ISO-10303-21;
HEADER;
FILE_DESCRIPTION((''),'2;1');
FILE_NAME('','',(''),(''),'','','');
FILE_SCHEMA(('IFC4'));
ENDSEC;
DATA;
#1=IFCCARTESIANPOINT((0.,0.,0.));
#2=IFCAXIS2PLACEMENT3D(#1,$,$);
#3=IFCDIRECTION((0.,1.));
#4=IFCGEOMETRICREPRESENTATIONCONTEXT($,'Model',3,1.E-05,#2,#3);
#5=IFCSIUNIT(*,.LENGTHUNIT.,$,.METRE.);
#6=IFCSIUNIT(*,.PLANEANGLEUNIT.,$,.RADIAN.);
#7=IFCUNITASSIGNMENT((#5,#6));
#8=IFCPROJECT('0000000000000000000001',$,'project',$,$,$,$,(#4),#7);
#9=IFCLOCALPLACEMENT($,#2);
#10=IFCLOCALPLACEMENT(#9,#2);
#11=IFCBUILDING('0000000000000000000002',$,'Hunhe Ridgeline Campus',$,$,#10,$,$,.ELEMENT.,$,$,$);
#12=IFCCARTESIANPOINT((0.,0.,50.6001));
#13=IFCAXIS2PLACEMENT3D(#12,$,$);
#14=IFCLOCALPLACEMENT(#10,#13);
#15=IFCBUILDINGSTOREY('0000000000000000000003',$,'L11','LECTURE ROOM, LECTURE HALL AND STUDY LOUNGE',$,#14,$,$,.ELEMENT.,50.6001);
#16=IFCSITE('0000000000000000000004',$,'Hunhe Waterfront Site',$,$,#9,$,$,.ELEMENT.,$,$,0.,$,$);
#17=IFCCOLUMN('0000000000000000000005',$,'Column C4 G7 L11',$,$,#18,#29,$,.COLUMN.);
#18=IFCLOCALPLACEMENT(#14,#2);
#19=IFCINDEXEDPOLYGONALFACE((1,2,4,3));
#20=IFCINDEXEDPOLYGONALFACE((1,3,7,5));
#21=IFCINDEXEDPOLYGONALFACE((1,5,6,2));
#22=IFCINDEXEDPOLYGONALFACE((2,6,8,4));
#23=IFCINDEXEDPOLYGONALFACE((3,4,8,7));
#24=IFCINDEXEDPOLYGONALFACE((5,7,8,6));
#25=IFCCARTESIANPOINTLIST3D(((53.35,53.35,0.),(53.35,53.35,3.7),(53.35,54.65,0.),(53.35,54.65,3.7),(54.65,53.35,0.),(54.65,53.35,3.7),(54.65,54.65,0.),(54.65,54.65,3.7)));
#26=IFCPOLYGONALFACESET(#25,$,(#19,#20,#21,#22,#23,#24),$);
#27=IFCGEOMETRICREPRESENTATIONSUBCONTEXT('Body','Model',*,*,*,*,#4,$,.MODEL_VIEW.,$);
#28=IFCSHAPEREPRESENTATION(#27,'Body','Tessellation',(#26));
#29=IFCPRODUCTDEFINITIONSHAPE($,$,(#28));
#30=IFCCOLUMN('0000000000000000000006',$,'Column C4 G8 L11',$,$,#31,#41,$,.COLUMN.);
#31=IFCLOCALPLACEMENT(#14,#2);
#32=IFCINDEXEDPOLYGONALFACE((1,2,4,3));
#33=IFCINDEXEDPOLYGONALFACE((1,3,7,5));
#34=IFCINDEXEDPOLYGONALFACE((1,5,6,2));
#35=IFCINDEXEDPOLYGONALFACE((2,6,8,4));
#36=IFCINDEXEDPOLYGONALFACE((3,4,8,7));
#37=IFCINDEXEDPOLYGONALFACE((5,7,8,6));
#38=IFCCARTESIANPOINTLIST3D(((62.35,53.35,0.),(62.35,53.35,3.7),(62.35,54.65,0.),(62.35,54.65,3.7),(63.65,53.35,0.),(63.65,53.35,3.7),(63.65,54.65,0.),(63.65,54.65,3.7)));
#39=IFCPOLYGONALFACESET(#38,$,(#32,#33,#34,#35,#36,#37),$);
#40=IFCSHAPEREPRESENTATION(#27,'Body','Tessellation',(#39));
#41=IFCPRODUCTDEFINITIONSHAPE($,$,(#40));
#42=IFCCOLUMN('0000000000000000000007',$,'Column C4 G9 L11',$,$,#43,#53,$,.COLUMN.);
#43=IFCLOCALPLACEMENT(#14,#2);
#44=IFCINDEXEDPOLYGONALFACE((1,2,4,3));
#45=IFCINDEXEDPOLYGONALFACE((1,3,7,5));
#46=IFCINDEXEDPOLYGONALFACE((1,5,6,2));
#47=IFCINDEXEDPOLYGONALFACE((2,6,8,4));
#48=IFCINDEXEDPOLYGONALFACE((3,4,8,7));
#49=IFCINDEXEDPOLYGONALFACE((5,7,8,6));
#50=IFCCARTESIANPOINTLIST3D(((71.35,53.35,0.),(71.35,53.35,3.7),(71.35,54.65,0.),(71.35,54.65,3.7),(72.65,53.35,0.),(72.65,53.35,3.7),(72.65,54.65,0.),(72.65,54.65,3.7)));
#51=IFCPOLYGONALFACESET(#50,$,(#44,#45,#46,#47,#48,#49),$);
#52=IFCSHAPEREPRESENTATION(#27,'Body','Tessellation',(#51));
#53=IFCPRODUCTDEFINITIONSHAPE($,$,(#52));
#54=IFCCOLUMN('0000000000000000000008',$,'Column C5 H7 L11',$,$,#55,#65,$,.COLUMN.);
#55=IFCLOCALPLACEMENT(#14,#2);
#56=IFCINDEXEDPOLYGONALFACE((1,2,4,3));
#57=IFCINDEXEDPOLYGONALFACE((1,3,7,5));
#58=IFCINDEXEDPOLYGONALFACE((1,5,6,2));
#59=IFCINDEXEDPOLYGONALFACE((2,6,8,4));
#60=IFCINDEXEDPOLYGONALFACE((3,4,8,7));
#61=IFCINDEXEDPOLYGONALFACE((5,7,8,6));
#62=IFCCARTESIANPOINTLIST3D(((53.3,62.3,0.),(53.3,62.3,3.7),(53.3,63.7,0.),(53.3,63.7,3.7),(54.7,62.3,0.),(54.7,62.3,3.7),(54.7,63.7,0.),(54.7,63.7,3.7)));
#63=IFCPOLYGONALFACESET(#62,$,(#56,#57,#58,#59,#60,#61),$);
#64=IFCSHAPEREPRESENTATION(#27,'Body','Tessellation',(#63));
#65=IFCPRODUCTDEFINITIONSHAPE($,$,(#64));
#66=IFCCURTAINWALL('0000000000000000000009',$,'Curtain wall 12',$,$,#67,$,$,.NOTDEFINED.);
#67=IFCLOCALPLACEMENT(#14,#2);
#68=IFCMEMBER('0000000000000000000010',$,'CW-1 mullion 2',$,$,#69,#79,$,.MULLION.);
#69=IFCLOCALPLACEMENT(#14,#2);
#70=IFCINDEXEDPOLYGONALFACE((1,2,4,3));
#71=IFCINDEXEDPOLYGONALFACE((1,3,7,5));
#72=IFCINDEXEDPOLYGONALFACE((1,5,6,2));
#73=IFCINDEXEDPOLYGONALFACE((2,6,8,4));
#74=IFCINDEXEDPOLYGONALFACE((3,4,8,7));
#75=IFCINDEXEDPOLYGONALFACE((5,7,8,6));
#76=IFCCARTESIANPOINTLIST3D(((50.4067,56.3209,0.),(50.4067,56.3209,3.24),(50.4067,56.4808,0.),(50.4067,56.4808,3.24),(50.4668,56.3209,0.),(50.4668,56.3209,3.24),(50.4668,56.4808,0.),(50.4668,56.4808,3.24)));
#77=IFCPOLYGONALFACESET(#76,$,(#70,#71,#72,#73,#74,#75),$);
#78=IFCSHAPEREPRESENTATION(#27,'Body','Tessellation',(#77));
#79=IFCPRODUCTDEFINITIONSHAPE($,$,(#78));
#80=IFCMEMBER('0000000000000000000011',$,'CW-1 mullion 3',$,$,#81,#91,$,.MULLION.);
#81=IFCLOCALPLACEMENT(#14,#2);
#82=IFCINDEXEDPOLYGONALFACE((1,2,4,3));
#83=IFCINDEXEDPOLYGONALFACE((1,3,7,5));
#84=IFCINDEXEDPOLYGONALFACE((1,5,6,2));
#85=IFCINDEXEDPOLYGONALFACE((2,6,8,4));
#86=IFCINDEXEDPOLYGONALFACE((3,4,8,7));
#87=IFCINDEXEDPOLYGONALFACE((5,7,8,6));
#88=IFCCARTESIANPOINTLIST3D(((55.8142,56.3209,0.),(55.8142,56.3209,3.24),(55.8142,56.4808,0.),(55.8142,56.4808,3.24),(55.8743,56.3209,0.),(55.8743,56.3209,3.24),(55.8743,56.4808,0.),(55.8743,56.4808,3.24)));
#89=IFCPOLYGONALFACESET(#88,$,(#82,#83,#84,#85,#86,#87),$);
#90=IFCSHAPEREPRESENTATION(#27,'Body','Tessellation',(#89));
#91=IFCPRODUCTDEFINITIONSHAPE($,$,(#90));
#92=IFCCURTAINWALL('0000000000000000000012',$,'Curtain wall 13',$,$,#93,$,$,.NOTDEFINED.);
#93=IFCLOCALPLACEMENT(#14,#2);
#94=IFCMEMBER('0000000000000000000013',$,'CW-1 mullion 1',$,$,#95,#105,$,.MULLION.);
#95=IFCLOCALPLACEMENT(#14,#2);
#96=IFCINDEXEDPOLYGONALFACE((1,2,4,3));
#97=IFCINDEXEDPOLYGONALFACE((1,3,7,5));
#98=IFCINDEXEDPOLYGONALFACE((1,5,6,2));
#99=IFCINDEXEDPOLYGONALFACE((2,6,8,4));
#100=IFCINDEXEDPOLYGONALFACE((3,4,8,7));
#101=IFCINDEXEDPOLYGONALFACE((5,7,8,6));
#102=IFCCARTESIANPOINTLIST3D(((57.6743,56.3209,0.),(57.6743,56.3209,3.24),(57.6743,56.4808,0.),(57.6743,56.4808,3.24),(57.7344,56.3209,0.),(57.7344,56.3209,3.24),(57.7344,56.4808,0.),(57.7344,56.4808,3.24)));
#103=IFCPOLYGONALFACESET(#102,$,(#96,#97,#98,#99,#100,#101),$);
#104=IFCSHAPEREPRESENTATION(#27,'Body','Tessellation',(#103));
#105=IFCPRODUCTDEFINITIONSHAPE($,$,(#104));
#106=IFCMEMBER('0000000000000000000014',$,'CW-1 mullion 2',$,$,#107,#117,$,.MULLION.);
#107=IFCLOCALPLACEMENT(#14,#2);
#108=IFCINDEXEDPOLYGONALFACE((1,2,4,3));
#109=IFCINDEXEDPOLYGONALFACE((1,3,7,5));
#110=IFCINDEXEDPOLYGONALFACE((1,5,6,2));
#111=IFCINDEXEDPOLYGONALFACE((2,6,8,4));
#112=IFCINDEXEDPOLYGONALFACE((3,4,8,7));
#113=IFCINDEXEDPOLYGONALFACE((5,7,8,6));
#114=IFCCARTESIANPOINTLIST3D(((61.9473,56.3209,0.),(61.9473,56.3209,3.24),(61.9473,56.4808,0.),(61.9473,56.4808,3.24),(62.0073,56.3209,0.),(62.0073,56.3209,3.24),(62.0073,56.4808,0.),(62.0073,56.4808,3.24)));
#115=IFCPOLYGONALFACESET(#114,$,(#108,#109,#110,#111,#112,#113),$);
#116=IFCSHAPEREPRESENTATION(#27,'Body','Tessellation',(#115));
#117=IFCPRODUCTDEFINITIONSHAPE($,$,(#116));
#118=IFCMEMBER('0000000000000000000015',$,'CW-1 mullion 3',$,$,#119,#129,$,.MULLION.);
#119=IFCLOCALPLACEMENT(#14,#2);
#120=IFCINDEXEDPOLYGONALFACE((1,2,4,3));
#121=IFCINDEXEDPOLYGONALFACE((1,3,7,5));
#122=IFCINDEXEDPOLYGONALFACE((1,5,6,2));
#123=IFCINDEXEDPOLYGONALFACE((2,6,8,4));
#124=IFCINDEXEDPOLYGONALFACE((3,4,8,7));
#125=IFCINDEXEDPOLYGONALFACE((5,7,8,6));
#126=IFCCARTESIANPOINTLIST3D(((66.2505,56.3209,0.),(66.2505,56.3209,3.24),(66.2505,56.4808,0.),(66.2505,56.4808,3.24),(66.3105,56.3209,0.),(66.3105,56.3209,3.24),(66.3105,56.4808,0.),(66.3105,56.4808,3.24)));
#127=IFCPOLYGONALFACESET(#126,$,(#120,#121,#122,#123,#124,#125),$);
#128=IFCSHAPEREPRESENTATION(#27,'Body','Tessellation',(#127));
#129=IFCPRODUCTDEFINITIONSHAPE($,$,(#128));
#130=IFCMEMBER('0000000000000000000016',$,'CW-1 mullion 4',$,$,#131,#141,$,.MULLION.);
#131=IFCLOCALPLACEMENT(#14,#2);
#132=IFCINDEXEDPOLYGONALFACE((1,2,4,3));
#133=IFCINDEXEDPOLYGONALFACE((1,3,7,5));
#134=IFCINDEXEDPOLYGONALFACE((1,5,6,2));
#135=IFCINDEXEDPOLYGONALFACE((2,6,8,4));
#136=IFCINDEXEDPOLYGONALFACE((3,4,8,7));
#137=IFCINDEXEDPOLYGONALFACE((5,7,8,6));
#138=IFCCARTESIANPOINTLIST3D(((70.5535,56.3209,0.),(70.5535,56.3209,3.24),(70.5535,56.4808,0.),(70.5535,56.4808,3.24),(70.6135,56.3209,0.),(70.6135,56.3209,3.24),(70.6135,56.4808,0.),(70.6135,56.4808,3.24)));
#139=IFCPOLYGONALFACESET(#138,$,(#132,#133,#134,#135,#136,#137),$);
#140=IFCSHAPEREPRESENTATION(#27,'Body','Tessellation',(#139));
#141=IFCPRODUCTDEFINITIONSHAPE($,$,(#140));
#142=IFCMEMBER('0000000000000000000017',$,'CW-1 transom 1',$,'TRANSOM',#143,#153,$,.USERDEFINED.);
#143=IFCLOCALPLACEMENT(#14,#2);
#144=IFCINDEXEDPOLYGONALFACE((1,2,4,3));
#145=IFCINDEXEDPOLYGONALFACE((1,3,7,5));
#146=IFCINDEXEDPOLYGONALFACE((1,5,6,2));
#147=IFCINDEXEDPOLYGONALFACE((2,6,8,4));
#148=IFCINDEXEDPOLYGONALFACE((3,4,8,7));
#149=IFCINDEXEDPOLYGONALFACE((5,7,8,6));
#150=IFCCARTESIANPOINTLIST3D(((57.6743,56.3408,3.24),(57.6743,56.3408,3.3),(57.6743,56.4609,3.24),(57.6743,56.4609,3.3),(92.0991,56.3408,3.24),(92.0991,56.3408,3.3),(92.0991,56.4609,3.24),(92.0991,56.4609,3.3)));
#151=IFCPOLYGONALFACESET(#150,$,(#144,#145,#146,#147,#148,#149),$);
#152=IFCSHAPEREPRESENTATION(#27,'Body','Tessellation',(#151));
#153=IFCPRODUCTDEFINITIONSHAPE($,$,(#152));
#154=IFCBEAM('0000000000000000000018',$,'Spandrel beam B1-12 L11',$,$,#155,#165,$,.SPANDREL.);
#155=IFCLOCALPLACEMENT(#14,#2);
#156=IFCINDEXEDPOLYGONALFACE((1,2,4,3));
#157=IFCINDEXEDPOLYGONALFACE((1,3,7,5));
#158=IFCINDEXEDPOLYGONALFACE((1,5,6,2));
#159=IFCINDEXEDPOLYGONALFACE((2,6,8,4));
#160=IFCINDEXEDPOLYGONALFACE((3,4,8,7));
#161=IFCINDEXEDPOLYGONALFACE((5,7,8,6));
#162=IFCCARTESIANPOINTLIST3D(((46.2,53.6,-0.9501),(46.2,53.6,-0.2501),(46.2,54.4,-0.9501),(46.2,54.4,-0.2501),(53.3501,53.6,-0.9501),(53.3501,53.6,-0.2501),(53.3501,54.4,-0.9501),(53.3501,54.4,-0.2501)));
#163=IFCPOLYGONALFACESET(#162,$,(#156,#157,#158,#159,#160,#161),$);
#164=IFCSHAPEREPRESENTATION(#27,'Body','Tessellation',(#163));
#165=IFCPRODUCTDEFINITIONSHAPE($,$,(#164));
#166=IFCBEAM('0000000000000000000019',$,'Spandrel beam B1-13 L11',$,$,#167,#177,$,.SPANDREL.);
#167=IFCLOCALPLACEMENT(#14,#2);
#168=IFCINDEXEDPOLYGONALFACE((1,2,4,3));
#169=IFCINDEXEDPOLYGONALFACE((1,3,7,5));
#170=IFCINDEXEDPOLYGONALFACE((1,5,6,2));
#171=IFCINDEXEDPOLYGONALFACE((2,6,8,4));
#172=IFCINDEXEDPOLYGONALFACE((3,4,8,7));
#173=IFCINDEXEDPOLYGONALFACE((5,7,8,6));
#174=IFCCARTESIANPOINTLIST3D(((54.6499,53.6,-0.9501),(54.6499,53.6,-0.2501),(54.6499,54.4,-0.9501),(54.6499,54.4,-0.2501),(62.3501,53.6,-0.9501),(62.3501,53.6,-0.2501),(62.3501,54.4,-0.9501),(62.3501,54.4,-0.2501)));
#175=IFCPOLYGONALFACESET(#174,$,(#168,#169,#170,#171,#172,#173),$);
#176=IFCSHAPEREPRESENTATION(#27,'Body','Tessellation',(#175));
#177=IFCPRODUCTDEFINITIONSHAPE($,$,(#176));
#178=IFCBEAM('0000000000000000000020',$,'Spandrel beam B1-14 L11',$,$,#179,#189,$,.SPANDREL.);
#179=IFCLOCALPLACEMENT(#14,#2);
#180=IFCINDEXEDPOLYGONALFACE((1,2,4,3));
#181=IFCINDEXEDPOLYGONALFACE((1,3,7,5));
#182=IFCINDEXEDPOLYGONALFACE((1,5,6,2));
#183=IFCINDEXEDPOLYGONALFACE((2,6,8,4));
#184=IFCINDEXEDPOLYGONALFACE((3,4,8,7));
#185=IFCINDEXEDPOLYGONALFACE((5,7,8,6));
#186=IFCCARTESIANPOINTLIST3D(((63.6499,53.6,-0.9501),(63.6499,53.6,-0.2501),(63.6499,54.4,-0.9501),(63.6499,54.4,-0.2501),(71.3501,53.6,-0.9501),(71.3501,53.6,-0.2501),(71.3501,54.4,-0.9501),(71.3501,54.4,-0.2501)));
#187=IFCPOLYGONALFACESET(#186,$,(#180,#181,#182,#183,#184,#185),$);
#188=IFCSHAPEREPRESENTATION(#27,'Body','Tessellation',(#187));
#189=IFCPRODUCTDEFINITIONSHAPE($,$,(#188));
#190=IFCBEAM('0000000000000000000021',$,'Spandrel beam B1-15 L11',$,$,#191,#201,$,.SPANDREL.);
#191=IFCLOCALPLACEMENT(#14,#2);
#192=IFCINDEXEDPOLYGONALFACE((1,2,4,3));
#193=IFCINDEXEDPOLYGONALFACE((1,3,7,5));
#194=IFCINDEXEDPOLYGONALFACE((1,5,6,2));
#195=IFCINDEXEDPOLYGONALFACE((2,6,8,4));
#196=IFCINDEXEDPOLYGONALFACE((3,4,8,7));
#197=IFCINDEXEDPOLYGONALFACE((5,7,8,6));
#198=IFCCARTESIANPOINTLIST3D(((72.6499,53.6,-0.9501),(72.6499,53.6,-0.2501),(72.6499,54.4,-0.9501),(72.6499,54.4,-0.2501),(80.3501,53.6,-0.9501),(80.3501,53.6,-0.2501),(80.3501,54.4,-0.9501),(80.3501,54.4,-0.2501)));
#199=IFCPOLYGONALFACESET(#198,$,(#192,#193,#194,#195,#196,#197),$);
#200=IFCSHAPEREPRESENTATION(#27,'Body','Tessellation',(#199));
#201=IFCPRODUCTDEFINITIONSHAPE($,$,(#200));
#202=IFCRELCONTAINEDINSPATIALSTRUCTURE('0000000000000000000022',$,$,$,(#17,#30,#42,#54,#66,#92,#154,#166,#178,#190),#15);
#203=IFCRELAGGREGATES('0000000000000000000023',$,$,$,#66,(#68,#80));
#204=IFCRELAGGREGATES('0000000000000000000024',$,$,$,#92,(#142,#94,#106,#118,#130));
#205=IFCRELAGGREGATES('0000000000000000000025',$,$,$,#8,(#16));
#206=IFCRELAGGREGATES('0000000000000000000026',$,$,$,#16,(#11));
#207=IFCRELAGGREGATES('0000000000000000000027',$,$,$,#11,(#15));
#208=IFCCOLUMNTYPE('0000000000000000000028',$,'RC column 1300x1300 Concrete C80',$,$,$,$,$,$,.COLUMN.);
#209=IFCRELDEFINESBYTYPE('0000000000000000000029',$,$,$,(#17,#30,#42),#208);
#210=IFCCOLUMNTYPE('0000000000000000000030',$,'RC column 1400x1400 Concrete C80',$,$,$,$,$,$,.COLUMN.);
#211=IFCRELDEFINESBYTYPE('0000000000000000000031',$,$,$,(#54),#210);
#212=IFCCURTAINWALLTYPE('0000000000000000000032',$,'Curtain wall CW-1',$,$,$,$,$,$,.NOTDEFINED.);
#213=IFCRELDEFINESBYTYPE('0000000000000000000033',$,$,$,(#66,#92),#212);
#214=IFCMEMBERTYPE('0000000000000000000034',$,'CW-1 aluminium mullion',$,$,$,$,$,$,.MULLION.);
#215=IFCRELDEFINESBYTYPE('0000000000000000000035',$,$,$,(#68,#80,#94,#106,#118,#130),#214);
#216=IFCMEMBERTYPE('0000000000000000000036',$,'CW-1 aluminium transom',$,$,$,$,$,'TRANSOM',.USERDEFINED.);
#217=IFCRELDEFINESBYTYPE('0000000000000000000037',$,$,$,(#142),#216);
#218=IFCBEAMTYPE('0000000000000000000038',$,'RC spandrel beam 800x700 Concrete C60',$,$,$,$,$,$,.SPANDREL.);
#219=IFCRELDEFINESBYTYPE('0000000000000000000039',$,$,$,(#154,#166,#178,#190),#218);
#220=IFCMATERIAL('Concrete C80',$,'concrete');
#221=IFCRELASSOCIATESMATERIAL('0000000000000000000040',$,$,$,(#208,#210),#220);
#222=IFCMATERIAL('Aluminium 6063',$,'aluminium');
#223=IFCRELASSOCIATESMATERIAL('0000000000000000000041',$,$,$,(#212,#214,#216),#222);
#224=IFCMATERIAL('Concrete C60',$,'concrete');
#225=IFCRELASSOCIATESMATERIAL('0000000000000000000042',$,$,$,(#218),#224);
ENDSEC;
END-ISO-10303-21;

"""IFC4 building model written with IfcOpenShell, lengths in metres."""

from ifc_helpers import new_model, si_unit, direction, frame, origin, origin_2d, place, context, subcontext, project, spatial, rectangle, extrude, material, material_profile, profile_set, type_object, element, aggregate, save


model = new_model("IFC4")

# Units and contexts
model_context = context("Model", 3, precision=1e-05, world=origin(), true_north=direction((0.0, 1.0)))
body_context = subcontext(model_context, "Body", "Model", "MODEL_VIEW")
ifc_project = project(units=[si_unit("LENGTHUNIT", "METRE"), si_unit("PLANEANGLEUNIT", "RADIAN")], contexts=[model_context])

# Site, building, storey
site_placement = place(None, origin())
site = spatial("IfcSite", under=ifc_project, at=site_placement, Name="Hunhe Waterfront Site", CompositionType="ELEMENT", RefElevation=0.0)
building_placement = place(site_placement, origin())
building = spatial("IfcBuilding", under=site, at=building_placement, Name="Hunhe Ridgeline Campus", CompositionType="ELEMENT")
storey_placement = place(building_placement, frame((0.0, 0.0, 50.6001)))
storey = spatial("IfcBuildingStorey", under=building, at=storey_placement, Name="L11", Description="LECTURE ROOM, LECTURE HALL AND STUDY LOUNGE", CompositionType="ELEMENT", Elevation=50.6001)

# Columns
ifc_material_1 = material(Name="Concrete C80", Category="concrete")
ifc_material_profile_1 = material_profile(ifc_material_1, rectangle(XDim=1.3, YDim=1.3, at=origin_2d()))
ifc_profile_set_1 = profile_set([ifc_material_profile_1], Name="Concrete C80")
column_type_1 = type_object("IfcColumnType", Name="RC column 1300x1300 Concrete C80", PredefinedType="COLUMN", material=ifc_profile_set_1)
for number, where, z_axis, x_axis, name in (
    (1, (54.0, 54.0, 0.0), (0.0, 0.0, 1.0), (1.0, 0.0, 0.0), "Column C4 G7 L11"),
    (2, (63.0, 54.0, 0.0), (0.0, 0.0, 1.0), (1.0, 0.0, 0.0), "Column C4 G8 L11"),
    (3, (72.0, 54.0, 0.0), (0.0, 0.0, 1.0), (1.0, 0.0, 0.0), "Column C4 G9 L11"),
):
    element("IfcColumn", number, at=place(storey_placement, frame(where, z_axis=z_axis, x_axis=x_axis)), inside=storey, type_object=column_type_1, Name=name, PredefinedType="COLUMN", context=body_context, shape_type="SweptSolid", body=[
        extrude(rectangle(XDim=1.3, YDim=1.3, at=origin_2d()), origin(), (0.0, 0.0, 1.0), 3.7),
    ])
ifc_material_profile_2 = material_profile(ifc_material_1, rectangle(XDim=1.3999, YDim=1.3999, at=origin_2d()))
ifc_profile_set_2 = profile_set([ifc_material_profile_2], Name="Concrete C80")
column_type_2 = type_object("IfcColumnType", Name="RC column 1400x1400 Concrete C80", PredefinedType="COLUMN", material=ifc_profile_set_2)
column_placement = place(storey_placement, frame((54.0, 63.0, 0.0), z_axis=(0.0, 0.0, 1.0), x_axis=(1.0, 0.0, 0.0)))
element("IfcColumn", 4, at=column_placement, inside=storey, type_object=column_type_2, Name="Column C5 H7 L11", PredefinedType="COLUMN", context=body_context, shape_type="SweptSolid", body=[
    extrude(rectangle(XDim=1.3999, YDim=1.3999, at=origin_2d()), origin(), (0.0, 0.0, 1.0), 3.7),
])

# Curtain walls, members
ifc_material_2 = material(Name="Aluminium 6063", Category="aluminium")
curtain_wall_type = type_object("IfcCurtainWallType", Name="Curtain wall CW-1", PredefinedType="NOTDEFINED", material=ifc_material_2)
curtain_wall_1_placement = place(storey_placement, origin())
curtain_wall_1 = element("IfcCurtainWall", 5, at=curtain_wall_1_placement, inside=storey, type_object=curtain_wall_type, Name="Curtain wall 12", PredefinedType="NOTDEFINED")
ifc_material_profile_3 = material_profile(ifc_material_2, rectangle(XDim=0.1599, YDim=0.0601, at=origin_2d()))
ifc_profile_set_3 = profile_set([ifc_material_profile_3], Name="Aluminium 6063")
member_type_1 = type_object("IfcMemberType", Name="CW-1 aluminium mullion", PredefinedType="MULLION", material=ifc_profile_set_3)
member_1_placement = place(storey_placement, frame((50.4368, 56.4009, 0.0), z_axis=(0.0, 0.0, 1.0), x_axis=(-0.000004, 1.0, 0.0)))
member_1 = element("IfcMember", 6, at=member_1_placement, type_object=member_type_1, Name="CW-1 mullion 2", PredefinedType="MULLION", context=body_context, shape_type="SweptSolid", body=[
    extrude(rectangle(XDim=0.1599, YDim=0.0601, at=origin_2d()), origin(), (0.0, 0.0, 1.0), 3.24),
])
member_2_placement = place(storey_placement, frame((55.8442, 56.4009, 0.0), z_axis=(0.0, 0.0, 1.0), x_axis=(-0.000004, 1.0, 0.0)))
member_2 = element("IfcMember", 7, at=member_2_placement, type_object=member_type_1, Name="CW-1 mullion 3", PredefinedType="MULLION", context=body_context, shape_type="SweptSolid", body=[
    extrude(rectangle(XDim=0.1599, YDim=0.0601, at=origin_2d()), origin(), (0.0, 0.0, 1.0), 3.24),
])
curtain_wall_2_placement = place(storey_placement, origin())
curtain_wall_2 = element("IfcCurtainWall", 8, at=curtain_wall_2_placement, inside=storey, type_object=curtain_wall_type, Name="Curtain wall 13", PredefinedType="NOTDEFINED")
member_3_placement = place(storey_placement, frame((57.7043, 56.4009, 0.0), z_axis=(0.0, 0.0, 1.0), x_axis=(-0.000004, 1.0, 0.0)))
member_3 = element("IfcMember", 9, at=member_3_placement, type_object=member_type_1, Name="CW-1 mullion 1", PredefinedType="MULLION", context=body_context, shape_type="SweptSolid", body=[
    extrude(rectangle(XDim=0.1599, YDim=0.0601, at=origin_2d()), origin(), (0.0, 0.0, 1.0), 3.24),
])
member_4_placement = place(storey_placement, frame((61.9773, 56.4009, 0.0), z_axis=(0.0, 0.0, 1.0), x_axis=(-0.000004, 1.0, 0.0)))
member_4 = element("IfcMember", 10, at=member_4_placement, type_object=member_type_1, Name="CW-1 mullion 2", PredefinedType="MULLION", context=body_context, shape_type="SweptSolid", body=[
    extrude(rectangle(XDim=0.1599, YDim=0.0601, at=origin_2d()), origin(), (0.0, 0.0, 1.0), 3.24),
])
member_5_placement = place(storey_placement, frame((66.2805, 56.4009, 0.0), z_axis=(0.0, 0.0, 1.0), x_axis=(-0.000004, 1.0, 0.0)))
member_5 = element("IfcMember", 11, at=member_5_placement, type_object=member_type_1, Name="CW-1 mullion 3", PredefinedType="MULLION", context=body_context, shape_type="SweptSolid", body=[
    extrude(rectangle(XDim=0.1599, YDim=0.0601, at=origin_2d()), origin(), (0.0, 0.0, 1.0), 3.24),
])
member_6_placement = place(storey_placement, frame((70.5835, 56.4009, 0.0), z_axis=(0.0, 0.0, 1.0), x_axis=(-0.000004, 1.0, 0.0)))
member_6 = element("IfcMember", 12, at=member_6_placement, type_object=member_type_1, Name="CW-1 mullion 4", PredefinedType="MULLION", context=body_context, shape_type="SweptSolid", body=[
    extrude(rectangle(XDim=0.1599, YDim=0.0601, at=origin_2d()), origin(), (0.0, 0.0, 1.0), 3.24),
])
ifc_material_profile_4 = material_profile(ifc_material_2, rectangle(XDim=0.1201, YDim=0.0601, at=origin_2d()))
ifc_profile_set_4 = profile_set([ifc_material_profile_4], Name="Aluminium 6063")
member_type_2 = type_object("IfcMemberType", Name="CW-1 aluminium transom", ElementType="TRANSOM", PredefinedType="USERDEFINED", material=ifc_profile_set_4)
member_7_placement = place(storey_placement, frame((57.6743, 56.4009, 3.27), z_axis=(1.0, 0.0, 0.0), x_axis=(0.0, 1.0, 0.0)))
member_7 = element("IfcMember", 13, at=member_7_placement, type_object=member_type_2, Name="CW-1 transom 1", ObjectType="TRANSOM", PredefinedType="USERDEFINED", context=body_context, shape_type="SweptSolid", body=[
    extrude(rectangle(XDim=0.1201, YDim=0.0601, at=origin_2d()), origin(), (0.0, 0.0, 1.0), 34.4248),
])

# Beams
ifc_material_3 = material(Name="Concrete C60", Category="concrete")
ifc_material_profile_5 = material_profile(ifc_material_3, rectangle(XDim=0.8, YDim=0.7, at=origin_2d()))
ifc_profile_set_5 = profile_set([ifc_material_profile_5], Name="Concrete C60")
beam_type = type_object("IfcBeamType", Name="RC spandrel beam 800x700 Concrete C60", PredefinedType="SPANDREL", material=ifc_profile_set_5)
beam_placement = place(storey_placement, frame((46.2, 54.0, -0.6001), z_axis=(1.0, 0.0, 0.0), x_axis=(0.0, 1.0, 0.0)))
element("IfcBeam", 14, at=beam_placement, inside=storey, type_object=beam_type, Name="Spandrel beam B1-12 L11", PredefinedType="SPANDREL", context=body_context, shape_type="SweptSolid", body=[
    extrude(rectangle(XDim=0.8, YDim=0.7, at=origin_2d()), origin(), (0.0, 0.0, 1.0), 7.1501),
])
for number, where, z_axis, x_axis, name in (
    (15, (54.6499, 54.0, -0.6001), (1.0, 0.0, 0.0), (0.0, 1.0, 0.0), "Spandrel beam B1-13 L11"),
    (16, (63.6499, 54.0, -0.6001), (1.0, 0.0, 0.0), (0.0, 1.0, 0.0), "Spandrel beam B1-14 L11"),
    (17, (72.6499, 54.0, -0.6001), (1.0, 0.0, 0.0), (0.0, 1.0, 0.0), "Spandrel beam B1-15 L11"),
):
    element("IfcBeam", number, at=place(storey_placement, frame(where, z_axis=z_axis, x_axis=x_axis)), inside=storey, type_object=beam_type, Name=name, PredefinedType="SPANDREL", context=body_context, shape_type="SweptSolid", body=[
        extrude(rectangle(XDim=0.8, YDim=0.7, at=origin_2d()), origin(), (0.0, 0.0, 1.0), 7.7002),
    ])

aggregate(curtain_wall_1, [member_1, member_2])
aggregate(curtain_wall_2, [member_7, member_3, member_4, member_5, member_6])

save(model, "model.ifc")
